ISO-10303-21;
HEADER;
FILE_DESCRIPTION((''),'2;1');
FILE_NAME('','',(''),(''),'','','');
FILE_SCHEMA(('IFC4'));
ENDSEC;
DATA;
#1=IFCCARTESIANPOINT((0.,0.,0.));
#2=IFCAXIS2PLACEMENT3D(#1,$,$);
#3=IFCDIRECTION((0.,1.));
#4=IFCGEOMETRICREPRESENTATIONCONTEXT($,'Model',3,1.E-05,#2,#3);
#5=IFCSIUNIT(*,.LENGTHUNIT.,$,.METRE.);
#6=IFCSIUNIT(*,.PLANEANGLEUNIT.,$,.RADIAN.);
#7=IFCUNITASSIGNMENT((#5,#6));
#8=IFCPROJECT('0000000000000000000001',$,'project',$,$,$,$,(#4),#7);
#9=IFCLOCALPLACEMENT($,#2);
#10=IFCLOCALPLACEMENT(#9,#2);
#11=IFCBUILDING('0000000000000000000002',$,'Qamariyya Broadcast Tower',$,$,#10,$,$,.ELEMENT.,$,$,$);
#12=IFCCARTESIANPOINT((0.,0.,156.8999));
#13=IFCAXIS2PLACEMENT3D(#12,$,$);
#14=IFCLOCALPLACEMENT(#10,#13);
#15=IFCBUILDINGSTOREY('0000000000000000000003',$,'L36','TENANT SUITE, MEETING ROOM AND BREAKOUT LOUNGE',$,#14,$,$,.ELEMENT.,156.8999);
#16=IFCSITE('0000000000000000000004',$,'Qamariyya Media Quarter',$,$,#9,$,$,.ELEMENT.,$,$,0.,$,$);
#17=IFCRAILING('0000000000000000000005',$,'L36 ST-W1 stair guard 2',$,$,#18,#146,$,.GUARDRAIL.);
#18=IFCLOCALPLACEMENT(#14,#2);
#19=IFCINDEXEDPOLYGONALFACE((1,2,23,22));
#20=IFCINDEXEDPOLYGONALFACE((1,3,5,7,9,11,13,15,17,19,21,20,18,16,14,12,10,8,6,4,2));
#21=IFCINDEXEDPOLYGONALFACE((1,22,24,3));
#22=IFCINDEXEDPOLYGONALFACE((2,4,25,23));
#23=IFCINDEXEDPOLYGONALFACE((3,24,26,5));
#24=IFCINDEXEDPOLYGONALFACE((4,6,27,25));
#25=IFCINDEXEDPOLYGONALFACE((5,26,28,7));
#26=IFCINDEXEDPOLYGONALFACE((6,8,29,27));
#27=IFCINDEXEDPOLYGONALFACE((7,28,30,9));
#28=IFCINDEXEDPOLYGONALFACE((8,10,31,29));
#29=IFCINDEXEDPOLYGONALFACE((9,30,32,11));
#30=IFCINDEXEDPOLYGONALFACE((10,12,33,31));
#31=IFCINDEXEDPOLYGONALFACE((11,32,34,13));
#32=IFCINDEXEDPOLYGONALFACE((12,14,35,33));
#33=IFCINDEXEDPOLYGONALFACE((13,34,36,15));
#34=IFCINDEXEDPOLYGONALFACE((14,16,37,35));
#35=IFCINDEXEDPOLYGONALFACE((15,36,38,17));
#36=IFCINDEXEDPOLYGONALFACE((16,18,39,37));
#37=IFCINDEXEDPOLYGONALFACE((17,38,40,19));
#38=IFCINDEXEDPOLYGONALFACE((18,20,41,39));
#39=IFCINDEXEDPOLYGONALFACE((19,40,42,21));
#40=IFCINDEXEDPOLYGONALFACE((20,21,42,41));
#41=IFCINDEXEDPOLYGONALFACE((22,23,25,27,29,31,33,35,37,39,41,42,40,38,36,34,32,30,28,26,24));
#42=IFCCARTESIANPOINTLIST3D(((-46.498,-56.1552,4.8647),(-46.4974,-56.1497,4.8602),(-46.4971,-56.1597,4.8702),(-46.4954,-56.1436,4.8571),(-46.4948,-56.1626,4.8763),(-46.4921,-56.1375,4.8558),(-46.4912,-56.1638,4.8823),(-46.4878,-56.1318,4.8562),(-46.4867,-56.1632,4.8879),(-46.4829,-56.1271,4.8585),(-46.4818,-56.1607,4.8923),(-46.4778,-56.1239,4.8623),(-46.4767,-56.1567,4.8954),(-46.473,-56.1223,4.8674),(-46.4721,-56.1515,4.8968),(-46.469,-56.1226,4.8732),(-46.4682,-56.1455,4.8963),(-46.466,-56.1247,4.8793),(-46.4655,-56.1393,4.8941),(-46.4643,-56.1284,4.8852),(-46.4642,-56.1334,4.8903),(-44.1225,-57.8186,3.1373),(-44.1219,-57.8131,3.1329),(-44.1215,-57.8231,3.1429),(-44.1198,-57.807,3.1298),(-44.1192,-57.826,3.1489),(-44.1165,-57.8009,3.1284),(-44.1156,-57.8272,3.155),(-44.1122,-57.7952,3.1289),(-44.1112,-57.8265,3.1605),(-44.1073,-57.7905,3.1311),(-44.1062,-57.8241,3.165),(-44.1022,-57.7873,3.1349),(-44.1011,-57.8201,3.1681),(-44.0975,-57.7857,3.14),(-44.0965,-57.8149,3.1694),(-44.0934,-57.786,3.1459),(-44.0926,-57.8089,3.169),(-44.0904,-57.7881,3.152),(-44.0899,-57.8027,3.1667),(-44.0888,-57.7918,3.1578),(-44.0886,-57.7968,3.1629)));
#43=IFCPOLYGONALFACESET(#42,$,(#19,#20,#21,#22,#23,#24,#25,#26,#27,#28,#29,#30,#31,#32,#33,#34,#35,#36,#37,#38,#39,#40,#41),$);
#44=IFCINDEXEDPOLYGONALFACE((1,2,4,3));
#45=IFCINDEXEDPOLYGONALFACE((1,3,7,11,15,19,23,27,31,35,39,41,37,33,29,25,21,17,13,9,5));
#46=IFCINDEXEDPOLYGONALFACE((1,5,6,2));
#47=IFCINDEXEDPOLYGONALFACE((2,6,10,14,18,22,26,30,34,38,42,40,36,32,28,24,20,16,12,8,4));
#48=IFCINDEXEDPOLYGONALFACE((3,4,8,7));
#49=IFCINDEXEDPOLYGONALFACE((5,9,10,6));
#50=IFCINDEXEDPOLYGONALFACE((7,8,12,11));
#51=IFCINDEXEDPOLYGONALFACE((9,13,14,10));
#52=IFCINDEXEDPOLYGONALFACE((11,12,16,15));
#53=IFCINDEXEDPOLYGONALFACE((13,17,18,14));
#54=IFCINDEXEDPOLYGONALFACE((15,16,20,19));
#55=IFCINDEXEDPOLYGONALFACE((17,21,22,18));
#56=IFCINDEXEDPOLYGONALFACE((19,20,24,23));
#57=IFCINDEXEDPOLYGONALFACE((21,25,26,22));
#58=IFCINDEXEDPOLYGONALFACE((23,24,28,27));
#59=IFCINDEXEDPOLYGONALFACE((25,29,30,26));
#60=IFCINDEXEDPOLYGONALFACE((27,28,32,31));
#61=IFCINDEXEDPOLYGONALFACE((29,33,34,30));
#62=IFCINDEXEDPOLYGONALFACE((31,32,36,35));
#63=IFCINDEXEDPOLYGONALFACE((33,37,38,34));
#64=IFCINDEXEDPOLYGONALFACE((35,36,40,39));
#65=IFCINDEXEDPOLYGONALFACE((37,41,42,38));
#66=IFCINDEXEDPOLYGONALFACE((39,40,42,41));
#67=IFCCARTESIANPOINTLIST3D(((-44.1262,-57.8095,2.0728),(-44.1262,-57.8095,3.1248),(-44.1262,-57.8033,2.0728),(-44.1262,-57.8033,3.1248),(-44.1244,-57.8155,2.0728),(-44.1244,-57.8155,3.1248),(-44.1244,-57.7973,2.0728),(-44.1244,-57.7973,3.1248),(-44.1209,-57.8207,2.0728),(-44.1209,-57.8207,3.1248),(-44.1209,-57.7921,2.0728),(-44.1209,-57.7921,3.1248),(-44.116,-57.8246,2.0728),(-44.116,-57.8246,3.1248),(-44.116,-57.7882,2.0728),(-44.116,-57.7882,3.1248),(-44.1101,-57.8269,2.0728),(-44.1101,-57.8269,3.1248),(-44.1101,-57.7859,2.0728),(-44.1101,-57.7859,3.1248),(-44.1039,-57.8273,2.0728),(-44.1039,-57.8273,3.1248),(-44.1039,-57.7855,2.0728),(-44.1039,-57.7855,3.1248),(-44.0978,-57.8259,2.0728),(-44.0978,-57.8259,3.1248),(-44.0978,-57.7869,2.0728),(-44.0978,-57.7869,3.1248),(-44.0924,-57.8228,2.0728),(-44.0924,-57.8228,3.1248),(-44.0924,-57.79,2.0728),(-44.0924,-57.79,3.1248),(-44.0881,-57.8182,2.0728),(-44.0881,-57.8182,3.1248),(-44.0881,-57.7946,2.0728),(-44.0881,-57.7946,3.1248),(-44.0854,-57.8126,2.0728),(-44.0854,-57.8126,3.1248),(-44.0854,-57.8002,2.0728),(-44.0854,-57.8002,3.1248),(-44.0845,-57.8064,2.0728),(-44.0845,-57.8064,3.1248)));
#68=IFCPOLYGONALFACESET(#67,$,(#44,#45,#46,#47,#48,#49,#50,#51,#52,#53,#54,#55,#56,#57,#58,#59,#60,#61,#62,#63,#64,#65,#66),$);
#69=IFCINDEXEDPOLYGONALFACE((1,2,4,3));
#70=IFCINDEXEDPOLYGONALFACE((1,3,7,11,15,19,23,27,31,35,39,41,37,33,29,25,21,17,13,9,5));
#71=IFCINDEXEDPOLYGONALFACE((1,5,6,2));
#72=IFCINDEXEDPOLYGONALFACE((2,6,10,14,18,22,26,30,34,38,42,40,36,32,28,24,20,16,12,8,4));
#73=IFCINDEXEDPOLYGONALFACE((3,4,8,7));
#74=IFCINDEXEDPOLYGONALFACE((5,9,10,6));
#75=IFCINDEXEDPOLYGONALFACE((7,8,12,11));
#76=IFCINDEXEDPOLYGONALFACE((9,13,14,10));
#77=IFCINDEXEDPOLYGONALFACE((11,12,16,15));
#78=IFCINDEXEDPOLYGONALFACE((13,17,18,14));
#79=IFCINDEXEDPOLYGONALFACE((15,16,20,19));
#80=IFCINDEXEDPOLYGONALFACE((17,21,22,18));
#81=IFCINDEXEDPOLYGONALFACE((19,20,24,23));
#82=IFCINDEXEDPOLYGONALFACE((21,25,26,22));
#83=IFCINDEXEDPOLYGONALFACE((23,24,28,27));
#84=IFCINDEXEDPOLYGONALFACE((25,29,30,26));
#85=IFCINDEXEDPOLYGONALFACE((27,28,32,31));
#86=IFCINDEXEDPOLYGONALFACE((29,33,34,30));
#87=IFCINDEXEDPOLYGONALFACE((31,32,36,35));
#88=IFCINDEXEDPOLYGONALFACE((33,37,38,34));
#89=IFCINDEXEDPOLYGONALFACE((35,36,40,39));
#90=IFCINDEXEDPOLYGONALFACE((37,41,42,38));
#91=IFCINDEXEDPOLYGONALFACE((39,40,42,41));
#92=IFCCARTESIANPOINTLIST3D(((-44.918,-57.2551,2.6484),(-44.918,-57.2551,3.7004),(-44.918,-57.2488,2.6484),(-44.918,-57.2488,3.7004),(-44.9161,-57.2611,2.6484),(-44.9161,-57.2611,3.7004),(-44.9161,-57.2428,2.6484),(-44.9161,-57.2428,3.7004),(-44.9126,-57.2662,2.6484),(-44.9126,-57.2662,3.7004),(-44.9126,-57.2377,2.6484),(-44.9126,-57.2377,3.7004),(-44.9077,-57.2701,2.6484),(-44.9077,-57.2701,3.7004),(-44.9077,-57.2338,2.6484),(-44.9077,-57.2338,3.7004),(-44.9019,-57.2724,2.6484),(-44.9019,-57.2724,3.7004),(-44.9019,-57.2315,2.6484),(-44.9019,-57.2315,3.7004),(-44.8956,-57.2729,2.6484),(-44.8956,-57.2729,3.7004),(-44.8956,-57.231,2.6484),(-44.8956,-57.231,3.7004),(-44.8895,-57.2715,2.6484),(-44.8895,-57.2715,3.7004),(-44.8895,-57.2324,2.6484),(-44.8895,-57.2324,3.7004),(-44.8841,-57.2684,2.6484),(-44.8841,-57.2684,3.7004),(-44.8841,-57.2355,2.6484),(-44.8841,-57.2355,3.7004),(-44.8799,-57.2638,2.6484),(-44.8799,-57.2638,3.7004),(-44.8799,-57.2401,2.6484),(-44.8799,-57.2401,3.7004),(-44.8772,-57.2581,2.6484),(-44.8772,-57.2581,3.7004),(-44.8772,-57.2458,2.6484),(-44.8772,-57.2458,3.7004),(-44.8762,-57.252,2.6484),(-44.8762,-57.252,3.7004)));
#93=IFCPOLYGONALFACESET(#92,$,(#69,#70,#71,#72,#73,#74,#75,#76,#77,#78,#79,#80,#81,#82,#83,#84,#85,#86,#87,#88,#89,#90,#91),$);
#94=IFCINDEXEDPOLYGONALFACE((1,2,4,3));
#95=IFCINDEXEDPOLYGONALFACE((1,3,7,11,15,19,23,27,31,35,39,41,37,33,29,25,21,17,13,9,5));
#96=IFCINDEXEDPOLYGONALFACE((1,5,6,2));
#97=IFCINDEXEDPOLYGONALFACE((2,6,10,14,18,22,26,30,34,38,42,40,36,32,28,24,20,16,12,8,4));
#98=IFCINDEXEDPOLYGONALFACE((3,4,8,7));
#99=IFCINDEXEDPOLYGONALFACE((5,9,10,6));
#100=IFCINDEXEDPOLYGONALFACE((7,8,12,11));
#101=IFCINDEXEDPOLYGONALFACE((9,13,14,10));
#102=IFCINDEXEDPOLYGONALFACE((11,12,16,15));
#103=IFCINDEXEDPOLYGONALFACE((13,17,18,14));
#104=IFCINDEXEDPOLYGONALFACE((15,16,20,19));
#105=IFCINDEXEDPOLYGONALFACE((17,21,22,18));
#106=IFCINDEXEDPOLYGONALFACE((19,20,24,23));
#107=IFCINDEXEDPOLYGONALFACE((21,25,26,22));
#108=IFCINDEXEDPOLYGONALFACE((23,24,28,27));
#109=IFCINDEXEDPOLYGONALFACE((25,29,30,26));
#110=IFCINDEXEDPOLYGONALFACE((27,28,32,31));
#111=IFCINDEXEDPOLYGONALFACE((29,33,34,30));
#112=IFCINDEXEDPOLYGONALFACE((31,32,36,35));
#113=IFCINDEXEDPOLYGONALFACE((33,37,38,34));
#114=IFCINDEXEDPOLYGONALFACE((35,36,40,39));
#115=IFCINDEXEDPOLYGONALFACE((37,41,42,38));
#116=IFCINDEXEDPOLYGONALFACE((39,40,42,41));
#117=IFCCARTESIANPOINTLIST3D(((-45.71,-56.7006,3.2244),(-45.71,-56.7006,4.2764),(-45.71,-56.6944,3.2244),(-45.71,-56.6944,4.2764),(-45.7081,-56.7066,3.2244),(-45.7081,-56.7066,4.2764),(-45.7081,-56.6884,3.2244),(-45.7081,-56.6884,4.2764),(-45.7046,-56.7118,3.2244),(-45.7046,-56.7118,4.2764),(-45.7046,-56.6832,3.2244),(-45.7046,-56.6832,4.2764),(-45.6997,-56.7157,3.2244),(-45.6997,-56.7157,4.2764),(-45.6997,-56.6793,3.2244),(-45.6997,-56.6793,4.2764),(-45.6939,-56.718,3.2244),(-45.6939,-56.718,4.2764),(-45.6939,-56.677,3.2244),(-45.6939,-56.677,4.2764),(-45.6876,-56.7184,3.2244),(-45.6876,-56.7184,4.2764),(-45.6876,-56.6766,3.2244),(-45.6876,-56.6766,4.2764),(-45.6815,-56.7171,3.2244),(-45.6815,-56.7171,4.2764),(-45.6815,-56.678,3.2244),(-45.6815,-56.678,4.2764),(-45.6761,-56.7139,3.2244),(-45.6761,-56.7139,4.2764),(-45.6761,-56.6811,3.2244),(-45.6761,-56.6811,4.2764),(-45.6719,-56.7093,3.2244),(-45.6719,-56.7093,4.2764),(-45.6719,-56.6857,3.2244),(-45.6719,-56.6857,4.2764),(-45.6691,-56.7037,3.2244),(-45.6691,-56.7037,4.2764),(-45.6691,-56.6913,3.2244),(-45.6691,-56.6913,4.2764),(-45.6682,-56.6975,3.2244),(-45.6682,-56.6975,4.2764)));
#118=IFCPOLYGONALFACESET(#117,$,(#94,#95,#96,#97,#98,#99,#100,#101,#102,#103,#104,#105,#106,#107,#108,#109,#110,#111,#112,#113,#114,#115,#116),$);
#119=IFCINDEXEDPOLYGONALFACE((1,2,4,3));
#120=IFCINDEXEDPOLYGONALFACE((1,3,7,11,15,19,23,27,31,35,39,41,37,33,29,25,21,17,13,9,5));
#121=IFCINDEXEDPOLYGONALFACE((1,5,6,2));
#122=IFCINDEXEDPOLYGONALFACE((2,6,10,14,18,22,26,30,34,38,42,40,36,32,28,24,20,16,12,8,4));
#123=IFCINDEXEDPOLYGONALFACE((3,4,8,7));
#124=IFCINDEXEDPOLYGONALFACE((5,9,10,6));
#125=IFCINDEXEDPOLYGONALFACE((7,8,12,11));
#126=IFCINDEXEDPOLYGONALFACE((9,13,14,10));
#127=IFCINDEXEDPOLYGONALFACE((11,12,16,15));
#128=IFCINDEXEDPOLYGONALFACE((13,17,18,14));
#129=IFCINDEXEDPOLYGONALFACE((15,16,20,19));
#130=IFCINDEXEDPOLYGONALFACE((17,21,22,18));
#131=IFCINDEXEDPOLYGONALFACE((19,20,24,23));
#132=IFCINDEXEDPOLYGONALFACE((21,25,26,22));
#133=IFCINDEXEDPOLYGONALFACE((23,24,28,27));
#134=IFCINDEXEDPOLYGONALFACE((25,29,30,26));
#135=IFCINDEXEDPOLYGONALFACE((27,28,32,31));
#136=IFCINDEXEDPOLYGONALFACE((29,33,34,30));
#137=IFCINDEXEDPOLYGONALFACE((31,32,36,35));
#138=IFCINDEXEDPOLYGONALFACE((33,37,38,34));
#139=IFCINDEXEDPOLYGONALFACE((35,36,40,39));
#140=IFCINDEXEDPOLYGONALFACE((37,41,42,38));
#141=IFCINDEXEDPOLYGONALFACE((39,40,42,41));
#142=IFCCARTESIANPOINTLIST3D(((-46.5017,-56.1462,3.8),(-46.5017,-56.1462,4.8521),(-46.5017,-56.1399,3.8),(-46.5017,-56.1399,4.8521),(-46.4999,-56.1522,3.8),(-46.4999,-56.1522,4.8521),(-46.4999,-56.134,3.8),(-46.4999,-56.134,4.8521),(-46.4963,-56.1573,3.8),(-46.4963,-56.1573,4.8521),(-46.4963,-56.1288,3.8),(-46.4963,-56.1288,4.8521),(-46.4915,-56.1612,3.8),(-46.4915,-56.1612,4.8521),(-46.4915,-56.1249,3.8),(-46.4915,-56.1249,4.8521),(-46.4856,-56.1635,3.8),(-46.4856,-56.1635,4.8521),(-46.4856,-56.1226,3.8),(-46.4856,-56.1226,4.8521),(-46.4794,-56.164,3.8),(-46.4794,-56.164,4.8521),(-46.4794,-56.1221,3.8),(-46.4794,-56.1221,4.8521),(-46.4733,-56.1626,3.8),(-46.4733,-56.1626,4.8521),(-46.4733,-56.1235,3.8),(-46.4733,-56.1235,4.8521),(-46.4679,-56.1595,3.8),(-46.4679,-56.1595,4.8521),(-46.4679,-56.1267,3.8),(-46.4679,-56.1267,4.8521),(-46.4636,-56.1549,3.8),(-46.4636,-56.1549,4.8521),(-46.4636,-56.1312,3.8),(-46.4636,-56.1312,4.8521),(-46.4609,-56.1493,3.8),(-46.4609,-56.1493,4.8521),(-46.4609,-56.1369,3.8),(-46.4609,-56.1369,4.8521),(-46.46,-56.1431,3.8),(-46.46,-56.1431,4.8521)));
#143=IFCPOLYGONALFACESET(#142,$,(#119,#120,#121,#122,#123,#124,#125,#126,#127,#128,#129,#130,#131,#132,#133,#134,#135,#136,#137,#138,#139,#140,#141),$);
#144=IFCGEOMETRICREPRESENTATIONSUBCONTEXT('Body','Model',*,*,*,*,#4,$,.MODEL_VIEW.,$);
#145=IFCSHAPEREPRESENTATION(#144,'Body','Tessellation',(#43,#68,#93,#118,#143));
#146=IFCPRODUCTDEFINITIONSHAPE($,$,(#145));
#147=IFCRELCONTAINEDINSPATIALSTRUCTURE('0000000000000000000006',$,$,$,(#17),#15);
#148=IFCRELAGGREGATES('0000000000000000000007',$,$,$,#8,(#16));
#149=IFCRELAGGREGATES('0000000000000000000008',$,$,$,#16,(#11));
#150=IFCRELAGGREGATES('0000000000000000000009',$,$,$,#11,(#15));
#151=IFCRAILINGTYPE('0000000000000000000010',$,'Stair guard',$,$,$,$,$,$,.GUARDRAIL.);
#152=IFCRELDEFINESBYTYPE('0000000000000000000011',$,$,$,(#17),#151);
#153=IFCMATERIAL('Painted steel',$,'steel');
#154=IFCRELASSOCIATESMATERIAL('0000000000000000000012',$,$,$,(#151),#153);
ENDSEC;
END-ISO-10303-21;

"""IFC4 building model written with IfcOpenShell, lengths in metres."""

from ifc_helpers import new_model, si_unit, direction, frame, origin, origin_2d, place, context, subcontext, project, spatial, circle, extrude, material, type_object, element, save


model = new_model("IFC4")

# Units and contexts
model_context = context("Model", 3, precision=1e-05, world=origin(), true_north=direction((0.0, 1.0)))
body_context = subcontext(model_context, "Body", "Model", "MODEL_VIEW")
ifc_project = project(units=[si_unit("LENGTHUNIT", "METRE"), si_unit("PLANEANGLEUNIT", "RADIAN")], contexts=[model_context])

# Site, building, storey
site_placement = place(None, origin())
site = spatial("IfcSite", under=ifc_project, at=site_placement, Name="Qamariyya Media Quarter", CompositionType="ELEMENT", RefElevation=0.0)
building_placement = place(site_placement, origin())
building = spatial("IfcBuilding", under=site, at=building_placement, Name="Qamariyya Broadcast Tower", CompositionType="ELEMENT")
storey_placement = place(building_placement, frame((0.0, 0.0, 156.8999)))
storey = spatial("IfcBuildingStorey", under=building, at=storey_placement, Name="L36", Description="TENANT SUITE, MEETING ROOM AND BREAKOUT LOUNGE", CompositionType="ELEMENT", Elevation=156.8999)

# Railing
ifc_material_1 = material(Name="Painted steel", Category="steel")
railing_type_1 = type_object("IfcRailingType", Name="Stair guard", PredefinedType="GUARDRAIL", material=ifc_material_1)
railing_1_placement = place(storey_placement, frame((-44.1055, -57.8064, 2.0728)))
element("IfcRailing", 1, at=railing_1_placement, inside=storey, type_object=railing_type_1, Name="L36 ST-W1 stair guard 2", PredefinedType="GUARDRAIL", context=body_context, shape_type="SweptSolid", body=[
    extrude(circle(Radius=0.0239, at=origin_2d()), frame((0.0, 0.0, 1.0762), z_axis=(-0.70377, 0.492784, 0.511734), x_axis=(-0.573575, -0.819153, 0.0)), (0.0, 0.0, 1.0), 3.3755),
    extrude(circle(Radius=0.021, at=origin_2d()), origin(), (0.0, 0.0, 1.0), 1.052),
    extrude(circle(Radius=0.021, at=origin_2d()), frame((-0.7917, 0.5544, 0.5757)), (0.0, 0.0, 1.0), 1.052),
    extrude(circle(Radius=0.021, at=origin_2d()), frame((-1.5837, 1.1089, 1.1516)), (0.0, 0.0, 1.0), 1.052),
    extrude(circle(Radius=0.021, at=origin_2d()), frame((-2.3755, 1.6633, 1.7273)), (0.0, 0.0, 1.0), 1.052),
])

save(model, "model.ifc")
